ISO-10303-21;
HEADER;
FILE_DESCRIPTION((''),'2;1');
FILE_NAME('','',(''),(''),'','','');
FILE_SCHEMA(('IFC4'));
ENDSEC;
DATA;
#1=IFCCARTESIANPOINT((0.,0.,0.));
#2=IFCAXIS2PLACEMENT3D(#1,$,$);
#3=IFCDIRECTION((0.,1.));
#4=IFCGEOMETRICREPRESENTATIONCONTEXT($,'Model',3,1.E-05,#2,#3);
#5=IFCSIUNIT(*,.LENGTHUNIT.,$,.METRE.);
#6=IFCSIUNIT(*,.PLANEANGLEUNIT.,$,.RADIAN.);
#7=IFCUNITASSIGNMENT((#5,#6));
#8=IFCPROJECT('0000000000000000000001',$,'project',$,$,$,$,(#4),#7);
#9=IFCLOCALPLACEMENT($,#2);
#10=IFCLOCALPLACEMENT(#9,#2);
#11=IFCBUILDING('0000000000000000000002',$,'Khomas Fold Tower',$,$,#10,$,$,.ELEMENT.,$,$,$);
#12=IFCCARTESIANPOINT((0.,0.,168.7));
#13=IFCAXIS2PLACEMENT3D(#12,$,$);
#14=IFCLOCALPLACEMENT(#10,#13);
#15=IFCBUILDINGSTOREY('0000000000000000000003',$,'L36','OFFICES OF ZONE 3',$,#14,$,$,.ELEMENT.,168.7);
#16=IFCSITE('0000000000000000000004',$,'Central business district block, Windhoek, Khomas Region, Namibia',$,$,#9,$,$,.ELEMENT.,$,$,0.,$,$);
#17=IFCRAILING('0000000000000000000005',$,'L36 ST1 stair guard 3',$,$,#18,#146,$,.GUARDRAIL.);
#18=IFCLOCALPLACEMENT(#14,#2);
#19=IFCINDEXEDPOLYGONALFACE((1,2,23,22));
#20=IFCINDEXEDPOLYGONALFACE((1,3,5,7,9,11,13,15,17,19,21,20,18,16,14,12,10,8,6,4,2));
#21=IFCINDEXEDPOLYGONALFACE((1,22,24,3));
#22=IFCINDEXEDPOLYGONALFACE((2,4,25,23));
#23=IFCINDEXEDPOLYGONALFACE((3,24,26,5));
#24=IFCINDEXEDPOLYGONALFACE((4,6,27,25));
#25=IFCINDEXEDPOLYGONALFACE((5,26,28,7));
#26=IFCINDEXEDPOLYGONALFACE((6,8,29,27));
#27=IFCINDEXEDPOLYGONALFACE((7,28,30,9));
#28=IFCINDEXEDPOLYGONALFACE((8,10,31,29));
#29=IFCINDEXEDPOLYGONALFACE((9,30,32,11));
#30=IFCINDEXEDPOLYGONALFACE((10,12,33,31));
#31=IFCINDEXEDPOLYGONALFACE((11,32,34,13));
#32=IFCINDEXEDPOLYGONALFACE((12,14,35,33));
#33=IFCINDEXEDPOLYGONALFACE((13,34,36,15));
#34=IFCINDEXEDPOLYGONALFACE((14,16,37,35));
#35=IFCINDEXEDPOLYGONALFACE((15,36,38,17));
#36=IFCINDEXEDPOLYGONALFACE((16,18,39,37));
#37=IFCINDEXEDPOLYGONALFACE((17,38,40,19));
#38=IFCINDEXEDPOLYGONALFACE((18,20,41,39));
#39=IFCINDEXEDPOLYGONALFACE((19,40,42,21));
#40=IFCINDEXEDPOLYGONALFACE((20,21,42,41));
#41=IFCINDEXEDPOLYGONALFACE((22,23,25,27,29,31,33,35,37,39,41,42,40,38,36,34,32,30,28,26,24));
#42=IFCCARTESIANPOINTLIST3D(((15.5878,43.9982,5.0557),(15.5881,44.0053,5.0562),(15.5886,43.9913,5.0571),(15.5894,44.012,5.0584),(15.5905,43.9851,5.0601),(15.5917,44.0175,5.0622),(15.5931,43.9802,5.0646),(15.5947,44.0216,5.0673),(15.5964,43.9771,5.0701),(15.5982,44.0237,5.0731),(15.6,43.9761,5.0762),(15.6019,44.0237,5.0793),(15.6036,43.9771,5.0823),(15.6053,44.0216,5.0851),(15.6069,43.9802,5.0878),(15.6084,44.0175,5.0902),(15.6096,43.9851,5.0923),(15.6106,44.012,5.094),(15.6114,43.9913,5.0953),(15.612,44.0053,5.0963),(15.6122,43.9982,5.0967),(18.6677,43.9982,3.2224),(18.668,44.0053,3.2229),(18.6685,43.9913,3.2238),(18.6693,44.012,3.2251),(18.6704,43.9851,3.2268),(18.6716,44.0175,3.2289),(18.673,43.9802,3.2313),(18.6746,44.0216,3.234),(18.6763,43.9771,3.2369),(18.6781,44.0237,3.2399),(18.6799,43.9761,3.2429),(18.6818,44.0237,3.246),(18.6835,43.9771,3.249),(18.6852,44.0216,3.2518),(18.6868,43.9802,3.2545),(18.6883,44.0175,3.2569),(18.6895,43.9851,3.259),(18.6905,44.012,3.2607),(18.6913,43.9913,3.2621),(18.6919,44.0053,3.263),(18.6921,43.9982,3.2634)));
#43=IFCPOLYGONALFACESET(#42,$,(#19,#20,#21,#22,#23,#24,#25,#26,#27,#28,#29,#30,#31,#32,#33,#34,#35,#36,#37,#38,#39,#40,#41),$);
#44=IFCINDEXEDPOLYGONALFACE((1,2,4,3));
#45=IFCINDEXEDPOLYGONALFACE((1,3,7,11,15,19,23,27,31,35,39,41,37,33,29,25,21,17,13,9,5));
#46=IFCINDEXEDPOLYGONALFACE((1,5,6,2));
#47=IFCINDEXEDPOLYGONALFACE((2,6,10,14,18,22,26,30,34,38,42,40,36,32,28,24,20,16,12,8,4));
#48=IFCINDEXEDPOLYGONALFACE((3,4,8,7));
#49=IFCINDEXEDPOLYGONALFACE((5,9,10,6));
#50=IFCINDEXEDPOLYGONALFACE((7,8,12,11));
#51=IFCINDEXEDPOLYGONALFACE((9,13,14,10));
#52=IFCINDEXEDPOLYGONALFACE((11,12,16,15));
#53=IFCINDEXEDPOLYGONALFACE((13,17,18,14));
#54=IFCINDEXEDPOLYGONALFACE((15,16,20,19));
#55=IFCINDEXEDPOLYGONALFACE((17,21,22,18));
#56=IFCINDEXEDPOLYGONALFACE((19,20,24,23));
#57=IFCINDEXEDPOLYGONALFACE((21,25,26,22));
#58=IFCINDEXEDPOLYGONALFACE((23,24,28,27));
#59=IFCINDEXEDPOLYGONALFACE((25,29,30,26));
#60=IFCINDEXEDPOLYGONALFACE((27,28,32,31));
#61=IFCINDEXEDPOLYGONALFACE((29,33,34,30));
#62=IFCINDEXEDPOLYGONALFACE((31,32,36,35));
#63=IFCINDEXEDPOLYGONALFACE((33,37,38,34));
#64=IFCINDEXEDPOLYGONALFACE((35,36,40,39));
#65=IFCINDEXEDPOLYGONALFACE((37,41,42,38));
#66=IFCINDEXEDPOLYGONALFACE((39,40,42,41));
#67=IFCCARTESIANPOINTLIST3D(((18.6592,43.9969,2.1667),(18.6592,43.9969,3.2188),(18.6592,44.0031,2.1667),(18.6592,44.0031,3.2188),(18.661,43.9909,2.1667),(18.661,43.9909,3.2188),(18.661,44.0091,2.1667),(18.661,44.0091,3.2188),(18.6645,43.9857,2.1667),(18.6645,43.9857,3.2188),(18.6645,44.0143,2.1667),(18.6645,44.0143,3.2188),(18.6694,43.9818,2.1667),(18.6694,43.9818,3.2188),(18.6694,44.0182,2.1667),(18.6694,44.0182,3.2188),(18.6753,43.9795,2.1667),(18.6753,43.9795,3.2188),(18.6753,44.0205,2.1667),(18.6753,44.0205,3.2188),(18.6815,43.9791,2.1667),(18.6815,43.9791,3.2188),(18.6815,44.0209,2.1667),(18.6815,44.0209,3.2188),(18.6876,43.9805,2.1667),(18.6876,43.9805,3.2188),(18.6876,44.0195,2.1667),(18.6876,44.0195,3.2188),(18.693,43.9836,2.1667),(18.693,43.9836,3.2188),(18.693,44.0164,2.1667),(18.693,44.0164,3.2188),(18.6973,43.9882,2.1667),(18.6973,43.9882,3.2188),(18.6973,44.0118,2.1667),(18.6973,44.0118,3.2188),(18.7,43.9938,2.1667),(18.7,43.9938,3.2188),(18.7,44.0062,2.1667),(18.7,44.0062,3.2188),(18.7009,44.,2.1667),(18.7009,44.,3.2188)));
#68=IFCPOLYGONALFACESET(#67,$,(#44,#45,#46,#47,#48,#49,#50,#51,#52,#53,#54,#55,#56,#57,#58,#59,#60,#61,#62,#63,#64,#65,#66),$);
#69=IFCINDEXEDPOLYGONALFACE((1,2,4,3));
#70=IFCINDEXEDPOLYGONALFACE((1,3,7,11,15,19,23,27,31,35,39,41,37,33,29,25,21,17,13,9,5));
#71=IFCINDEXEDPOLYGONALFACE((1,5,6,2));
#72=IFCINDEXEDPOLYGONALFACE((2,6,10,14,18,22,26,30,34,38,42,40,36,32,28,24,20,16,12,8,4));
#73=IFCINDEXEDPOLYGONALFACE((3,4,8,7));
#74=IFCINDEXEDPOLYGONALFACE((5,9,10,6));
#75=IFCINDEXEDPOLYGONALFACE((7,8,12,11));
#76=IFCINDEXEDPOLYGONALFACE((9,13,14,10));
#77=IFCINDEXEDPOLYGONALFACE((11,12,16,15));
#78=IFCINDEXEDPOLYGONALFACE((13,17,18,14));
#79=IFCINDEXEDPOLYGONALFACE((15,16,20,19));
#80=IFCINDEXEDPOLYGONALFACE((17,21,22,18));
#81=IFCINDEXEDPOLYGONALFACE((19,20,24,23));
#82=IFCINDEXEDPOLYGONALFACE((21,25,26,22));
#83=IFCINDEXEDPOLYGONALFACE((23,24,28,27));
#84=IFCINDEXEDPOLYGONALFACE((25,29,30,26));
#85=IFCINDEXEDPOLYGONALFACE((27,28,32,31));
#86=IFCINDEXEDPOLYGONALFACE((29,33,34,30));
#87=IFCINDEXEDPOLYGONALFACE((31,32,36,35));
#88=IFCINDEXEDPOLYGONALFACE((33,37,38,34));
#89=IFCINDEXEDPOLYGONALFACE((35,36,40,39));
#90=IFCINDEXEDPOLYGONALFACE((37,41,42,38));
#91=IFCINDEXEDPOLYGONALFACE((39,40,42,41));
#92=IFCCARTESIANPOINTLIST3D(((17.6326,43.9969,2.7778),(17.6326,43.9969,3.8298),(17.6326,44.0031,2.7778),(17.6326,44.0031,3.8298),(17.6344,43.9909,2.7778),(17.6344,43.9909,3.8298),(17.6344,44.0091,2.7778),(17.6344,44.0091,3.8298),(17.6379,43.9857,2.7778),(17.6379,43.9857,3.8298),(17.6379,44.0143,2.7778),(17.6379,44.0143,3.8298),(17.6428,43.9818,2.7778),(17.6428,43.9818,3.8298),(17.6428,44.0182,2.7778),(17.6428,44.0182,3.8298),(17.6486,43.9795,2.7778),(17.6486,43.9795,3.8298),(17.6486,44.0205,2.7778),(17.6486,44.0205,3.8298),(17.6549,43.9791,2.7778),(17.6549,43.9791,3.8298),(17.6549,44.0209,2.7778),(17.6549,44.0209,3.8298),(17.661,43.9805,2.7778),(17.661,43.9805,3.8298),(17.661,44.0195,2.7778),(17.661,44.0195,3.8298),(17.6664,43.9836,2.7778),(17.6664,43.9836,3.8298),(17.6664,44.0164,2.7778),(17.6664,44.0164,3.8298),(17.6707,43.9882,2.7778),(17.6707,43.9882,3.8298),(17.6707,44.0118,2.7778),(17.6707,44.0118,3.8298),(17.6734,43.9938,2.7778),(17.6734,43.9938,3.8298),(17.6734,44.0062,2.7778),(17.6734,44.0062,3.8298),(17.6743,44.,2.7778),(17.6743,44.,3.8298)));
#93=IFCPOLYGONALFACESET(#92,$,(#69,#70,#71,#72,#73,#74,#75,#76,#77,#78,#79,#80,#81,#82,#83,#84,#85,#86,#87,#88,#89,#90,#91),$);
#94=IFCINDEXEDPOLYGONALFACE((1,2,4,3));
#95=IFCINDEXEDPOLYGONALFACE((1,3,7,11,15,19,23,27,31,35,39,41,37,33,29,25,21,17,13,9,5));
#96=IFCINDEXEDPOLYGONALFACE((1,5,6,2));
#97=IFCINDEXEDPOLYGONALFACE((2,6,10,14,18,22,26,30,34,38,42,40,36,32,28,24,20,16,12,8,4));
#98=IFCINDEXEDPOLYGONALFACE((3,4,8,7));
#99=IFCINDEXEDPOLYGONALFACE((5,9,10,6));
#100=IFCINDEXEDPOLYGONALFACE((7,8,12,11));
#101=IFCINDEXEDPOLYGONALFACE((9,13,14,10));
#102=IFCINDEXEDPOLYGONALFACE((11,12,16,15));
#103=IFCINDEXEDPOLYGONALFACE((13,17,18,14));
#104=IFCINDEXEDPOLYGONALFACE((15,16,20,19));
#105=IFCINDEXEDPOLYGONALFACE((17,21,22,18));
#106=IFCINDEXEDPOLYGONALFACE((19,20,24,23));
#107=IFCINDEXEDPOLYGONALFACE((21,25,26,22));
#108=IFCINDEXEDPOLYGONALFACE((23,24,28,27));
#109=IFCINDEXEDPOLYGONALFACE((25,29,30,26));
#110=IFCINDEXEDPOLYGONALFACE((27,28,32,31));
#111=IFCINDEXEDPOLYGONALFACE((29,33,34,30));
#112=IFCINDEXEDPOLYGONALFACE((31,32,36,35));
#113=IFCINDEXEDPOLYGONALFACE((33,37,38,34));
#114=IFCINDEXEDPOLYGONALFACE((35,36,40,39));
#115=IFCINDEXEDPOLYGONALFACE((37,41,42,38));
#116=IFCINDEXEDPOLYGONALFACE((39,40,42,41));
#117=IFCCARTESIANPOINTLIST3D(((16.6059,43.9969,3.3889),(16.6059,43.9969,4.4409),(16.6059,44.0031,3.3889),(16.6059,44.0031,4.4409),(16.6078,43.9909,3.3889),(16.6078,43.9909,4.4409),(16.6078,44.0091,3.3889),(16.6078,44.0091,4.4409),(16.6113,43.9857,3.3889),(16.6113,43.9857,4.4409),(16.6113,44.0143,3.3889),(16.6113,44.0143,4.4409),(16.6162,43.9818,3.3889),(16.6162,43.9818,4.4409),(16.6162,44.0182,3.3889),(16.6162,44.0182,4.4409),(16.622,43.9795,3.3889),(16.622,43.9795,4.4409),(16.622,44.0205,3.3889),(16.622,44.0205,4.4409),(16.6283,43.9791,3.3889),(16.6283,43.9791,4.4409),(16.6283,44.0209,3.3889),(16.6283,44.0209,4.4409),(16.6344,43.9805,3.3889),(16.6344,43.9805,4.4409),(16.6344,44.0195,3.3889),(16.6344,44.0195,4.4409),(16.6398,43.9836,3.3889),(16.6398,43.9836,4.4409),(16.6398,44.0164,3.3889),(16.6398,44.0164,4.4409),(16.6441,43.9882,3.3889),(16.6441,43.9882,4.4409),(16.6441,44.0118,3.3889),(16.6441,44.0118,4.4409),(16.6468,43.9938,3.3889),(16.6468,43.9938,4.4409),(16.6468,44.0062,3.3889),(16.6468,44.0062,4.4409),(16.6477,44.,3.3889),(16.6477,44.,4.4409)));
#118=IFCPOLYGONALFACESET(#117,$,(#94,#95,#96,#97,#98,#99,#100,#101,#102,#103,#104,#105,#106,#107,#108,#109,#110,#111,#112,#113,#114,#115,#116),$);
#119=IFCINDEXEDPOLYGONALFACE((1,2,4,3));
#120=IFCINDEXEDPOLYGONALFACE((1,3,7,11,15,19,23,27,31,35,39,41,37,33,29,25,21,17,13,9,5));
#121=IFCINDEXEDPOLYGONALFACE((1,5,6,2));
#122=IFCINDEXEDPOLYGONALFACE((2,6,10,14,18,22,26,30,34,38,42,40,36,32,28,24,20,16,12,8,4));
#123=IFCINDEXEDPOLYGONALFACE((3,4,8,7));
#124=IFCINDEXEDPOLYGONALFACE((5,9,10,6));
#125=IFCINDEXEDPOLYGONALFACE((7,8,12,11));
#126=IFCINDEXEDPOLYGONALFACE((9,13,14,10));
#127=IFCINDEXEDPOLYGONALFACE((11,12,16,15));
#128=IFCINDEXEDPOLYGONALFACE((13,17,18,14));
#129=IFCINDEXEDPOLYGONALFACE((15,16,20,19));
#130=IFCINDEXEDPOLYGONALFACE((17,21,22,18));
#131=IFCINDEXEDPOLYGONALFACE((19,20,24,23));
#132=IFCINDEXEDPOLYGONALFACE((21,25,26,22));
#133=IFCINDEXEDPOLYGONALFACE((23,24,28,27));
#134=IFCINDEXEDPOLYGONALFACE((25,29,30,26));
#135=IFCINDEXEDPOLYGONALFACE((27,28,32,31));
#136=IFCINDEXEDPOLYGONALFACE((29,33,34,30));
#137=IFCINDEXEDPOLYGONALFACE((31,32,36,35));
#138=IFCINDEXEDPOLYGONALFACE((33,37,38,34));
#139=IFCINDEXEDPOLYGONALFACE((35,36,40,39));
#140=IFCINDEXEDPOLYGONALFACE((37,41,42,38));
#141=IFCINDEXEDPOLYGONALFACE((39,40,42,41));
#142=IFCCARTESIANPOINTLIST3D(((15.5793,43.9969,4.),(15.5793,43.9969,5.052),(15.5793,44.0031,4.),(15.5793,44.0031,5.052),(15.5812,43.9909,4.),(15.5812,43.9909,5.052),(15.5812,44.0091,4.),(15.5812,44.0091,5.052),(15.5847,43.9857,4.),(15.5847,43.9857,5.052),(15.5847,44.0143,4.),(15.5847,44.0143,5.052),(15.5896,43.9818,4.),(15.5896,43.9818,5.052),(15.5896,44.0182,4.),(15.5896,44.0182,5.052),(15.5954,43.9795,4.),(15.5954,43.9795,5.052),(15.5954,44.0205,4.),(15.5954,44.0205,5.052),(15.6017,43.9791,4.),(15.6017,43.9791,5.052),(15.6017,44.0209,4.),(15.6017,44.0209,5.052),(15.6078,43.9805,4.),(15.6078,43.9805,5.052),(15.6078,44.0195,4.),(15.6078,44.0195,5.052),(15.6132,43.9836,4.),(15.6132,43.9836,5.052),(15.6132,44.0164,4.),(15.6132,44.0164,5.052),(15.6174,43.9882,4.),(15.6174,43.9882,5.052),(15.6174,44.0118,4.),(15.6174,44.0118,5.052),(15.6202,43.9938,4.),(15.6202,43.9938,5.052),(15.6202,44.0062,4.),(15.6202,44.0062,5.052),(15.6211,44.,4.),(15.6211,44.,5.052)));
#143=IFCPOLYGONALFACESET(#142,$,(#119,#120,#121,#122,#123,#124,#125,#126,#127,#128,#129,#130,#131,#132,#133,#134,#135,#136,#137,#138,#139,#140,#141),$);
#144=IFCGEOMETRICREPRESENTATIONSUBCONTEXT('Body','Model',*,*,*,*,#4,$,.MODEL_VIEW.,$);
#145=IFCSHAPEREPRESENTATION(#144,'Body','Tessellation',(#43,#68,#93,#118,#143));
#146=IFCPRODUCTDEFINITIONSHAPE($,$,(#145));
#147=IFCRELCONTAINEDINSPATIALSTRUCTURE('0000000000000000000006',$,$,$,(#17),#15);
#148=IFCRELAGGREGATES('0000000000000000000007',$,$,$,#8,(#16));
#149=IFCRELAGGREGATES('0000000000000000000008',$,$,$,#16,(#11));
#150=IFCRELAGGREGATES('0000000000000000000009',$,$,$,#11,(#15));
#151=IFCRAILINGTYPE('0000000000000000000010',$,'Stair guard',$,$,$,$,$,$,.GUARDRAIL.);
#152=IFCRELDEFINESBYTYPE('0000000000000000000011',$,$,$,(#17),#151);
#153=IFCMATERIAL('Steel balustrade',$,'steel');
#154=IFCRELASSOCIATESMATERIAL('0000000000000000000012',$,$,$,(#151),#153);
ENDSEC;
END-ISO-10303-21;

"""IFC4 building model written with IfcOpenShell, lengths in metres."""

from ifc_helpers import new_model, si_unit, direction, frame, origin, origin_2d, place, context, subcontext, project, spatial, circle, extrude, source, transform, mapped, material, type_object, element, save


model = new_model("IFC4")

# Units and contexts
model_context = context("Model", 3, precision=1e-05, world=origin(), true_north=direction((0.0, 1.0)))
body_context = subcontext(model_context, "Body", "Model", "MODEL_VIEW")
ifc_project = project(units=[si_unit("LENGTHUNIT", "METRE"), si_unit("PLANEANGLEUNIT", "RADIAN")], contexts=[model_context])

# Site, building, storey
site_placement = place(None, origin())
site = spatial("IfcSite", under=ifc_project, at=site_placement, Name="Central business district block, Windhoek, Khomas Region, Namibia", CompositionType="ELEMENT", RefElevation=0.0)
building_placement = place(site_placement, origin())
building = spatial("IfcBuilding", under=site, at=building_placement, Name="Khomas Fold Tower", CompositionType="ELEMENT")
storey_placement = place(building_placement, frame((0.0, 0.0, 168.7)))
storey = spatial("IfcBuildingStorey", under=building, at=storey_placement, Name="L36", Description="OFFICES OF ZONE 3", CompositionType="ELEMENT", Elevation=168.7)

# Railing
ifc_material_1 = material(Name="Steel balustrade", Category="steel")
railing_type_1 = type_object("IfcRailingType", Name="Stair guard", PredefinedType="GUARDRAIL", material=ifc_material_1)
shared_shape_1 = source(origin(), body_context, "Body", "SweptSolid", [
    extrude(circle(Radius=0.0239, at=origin_2d()), frame((0.0, 0.0, 1.0762), z_axis=(-0.859291, 0.0, 0.511487), x_axis=(0.0, -1.0, 0.0)), (0.0, 0.0, 1.0), 3.5842),
    extrude(circle(Radius=0.021, at=origin_2d()), origin(), (0.0, 0.0, 1.0), 1.052),
    extrude(circle(Radius=0.021, at=origin_2d()), frame((-1.0266, 0.0, 0.6111)), (0.0, 0.0, 1.0), 1.052),
    extrude(circle(Radius=0.021, at=origin_2d()), frame((-2.0532, 0.0, 1.2222)), (0.0, 0.0, 1.0), 1.052),
    extrude(circle(Radius=0.021, at=origin_2d()), frame((-3.0798, 0.0, 1.8333)), (0.0, 0.0, 1.0), 1.052),
])
railing_1_placement = place(storey_placement, frame((18.6799, 44.0, 2.1667)))
element("IfcRailing", 1, at=railing_1_placement, inside=storey, type_object=railing_type_1, Name="L36 ST1 stair guard 3", PredefinedType="GUARDRAIL", context=body_context, shape_type="MappedRepresentation", body=[
    mapped(shared_shape_1, transform((0.0, 0.0, 0.0))),
])

save(model, "model.ifc")
